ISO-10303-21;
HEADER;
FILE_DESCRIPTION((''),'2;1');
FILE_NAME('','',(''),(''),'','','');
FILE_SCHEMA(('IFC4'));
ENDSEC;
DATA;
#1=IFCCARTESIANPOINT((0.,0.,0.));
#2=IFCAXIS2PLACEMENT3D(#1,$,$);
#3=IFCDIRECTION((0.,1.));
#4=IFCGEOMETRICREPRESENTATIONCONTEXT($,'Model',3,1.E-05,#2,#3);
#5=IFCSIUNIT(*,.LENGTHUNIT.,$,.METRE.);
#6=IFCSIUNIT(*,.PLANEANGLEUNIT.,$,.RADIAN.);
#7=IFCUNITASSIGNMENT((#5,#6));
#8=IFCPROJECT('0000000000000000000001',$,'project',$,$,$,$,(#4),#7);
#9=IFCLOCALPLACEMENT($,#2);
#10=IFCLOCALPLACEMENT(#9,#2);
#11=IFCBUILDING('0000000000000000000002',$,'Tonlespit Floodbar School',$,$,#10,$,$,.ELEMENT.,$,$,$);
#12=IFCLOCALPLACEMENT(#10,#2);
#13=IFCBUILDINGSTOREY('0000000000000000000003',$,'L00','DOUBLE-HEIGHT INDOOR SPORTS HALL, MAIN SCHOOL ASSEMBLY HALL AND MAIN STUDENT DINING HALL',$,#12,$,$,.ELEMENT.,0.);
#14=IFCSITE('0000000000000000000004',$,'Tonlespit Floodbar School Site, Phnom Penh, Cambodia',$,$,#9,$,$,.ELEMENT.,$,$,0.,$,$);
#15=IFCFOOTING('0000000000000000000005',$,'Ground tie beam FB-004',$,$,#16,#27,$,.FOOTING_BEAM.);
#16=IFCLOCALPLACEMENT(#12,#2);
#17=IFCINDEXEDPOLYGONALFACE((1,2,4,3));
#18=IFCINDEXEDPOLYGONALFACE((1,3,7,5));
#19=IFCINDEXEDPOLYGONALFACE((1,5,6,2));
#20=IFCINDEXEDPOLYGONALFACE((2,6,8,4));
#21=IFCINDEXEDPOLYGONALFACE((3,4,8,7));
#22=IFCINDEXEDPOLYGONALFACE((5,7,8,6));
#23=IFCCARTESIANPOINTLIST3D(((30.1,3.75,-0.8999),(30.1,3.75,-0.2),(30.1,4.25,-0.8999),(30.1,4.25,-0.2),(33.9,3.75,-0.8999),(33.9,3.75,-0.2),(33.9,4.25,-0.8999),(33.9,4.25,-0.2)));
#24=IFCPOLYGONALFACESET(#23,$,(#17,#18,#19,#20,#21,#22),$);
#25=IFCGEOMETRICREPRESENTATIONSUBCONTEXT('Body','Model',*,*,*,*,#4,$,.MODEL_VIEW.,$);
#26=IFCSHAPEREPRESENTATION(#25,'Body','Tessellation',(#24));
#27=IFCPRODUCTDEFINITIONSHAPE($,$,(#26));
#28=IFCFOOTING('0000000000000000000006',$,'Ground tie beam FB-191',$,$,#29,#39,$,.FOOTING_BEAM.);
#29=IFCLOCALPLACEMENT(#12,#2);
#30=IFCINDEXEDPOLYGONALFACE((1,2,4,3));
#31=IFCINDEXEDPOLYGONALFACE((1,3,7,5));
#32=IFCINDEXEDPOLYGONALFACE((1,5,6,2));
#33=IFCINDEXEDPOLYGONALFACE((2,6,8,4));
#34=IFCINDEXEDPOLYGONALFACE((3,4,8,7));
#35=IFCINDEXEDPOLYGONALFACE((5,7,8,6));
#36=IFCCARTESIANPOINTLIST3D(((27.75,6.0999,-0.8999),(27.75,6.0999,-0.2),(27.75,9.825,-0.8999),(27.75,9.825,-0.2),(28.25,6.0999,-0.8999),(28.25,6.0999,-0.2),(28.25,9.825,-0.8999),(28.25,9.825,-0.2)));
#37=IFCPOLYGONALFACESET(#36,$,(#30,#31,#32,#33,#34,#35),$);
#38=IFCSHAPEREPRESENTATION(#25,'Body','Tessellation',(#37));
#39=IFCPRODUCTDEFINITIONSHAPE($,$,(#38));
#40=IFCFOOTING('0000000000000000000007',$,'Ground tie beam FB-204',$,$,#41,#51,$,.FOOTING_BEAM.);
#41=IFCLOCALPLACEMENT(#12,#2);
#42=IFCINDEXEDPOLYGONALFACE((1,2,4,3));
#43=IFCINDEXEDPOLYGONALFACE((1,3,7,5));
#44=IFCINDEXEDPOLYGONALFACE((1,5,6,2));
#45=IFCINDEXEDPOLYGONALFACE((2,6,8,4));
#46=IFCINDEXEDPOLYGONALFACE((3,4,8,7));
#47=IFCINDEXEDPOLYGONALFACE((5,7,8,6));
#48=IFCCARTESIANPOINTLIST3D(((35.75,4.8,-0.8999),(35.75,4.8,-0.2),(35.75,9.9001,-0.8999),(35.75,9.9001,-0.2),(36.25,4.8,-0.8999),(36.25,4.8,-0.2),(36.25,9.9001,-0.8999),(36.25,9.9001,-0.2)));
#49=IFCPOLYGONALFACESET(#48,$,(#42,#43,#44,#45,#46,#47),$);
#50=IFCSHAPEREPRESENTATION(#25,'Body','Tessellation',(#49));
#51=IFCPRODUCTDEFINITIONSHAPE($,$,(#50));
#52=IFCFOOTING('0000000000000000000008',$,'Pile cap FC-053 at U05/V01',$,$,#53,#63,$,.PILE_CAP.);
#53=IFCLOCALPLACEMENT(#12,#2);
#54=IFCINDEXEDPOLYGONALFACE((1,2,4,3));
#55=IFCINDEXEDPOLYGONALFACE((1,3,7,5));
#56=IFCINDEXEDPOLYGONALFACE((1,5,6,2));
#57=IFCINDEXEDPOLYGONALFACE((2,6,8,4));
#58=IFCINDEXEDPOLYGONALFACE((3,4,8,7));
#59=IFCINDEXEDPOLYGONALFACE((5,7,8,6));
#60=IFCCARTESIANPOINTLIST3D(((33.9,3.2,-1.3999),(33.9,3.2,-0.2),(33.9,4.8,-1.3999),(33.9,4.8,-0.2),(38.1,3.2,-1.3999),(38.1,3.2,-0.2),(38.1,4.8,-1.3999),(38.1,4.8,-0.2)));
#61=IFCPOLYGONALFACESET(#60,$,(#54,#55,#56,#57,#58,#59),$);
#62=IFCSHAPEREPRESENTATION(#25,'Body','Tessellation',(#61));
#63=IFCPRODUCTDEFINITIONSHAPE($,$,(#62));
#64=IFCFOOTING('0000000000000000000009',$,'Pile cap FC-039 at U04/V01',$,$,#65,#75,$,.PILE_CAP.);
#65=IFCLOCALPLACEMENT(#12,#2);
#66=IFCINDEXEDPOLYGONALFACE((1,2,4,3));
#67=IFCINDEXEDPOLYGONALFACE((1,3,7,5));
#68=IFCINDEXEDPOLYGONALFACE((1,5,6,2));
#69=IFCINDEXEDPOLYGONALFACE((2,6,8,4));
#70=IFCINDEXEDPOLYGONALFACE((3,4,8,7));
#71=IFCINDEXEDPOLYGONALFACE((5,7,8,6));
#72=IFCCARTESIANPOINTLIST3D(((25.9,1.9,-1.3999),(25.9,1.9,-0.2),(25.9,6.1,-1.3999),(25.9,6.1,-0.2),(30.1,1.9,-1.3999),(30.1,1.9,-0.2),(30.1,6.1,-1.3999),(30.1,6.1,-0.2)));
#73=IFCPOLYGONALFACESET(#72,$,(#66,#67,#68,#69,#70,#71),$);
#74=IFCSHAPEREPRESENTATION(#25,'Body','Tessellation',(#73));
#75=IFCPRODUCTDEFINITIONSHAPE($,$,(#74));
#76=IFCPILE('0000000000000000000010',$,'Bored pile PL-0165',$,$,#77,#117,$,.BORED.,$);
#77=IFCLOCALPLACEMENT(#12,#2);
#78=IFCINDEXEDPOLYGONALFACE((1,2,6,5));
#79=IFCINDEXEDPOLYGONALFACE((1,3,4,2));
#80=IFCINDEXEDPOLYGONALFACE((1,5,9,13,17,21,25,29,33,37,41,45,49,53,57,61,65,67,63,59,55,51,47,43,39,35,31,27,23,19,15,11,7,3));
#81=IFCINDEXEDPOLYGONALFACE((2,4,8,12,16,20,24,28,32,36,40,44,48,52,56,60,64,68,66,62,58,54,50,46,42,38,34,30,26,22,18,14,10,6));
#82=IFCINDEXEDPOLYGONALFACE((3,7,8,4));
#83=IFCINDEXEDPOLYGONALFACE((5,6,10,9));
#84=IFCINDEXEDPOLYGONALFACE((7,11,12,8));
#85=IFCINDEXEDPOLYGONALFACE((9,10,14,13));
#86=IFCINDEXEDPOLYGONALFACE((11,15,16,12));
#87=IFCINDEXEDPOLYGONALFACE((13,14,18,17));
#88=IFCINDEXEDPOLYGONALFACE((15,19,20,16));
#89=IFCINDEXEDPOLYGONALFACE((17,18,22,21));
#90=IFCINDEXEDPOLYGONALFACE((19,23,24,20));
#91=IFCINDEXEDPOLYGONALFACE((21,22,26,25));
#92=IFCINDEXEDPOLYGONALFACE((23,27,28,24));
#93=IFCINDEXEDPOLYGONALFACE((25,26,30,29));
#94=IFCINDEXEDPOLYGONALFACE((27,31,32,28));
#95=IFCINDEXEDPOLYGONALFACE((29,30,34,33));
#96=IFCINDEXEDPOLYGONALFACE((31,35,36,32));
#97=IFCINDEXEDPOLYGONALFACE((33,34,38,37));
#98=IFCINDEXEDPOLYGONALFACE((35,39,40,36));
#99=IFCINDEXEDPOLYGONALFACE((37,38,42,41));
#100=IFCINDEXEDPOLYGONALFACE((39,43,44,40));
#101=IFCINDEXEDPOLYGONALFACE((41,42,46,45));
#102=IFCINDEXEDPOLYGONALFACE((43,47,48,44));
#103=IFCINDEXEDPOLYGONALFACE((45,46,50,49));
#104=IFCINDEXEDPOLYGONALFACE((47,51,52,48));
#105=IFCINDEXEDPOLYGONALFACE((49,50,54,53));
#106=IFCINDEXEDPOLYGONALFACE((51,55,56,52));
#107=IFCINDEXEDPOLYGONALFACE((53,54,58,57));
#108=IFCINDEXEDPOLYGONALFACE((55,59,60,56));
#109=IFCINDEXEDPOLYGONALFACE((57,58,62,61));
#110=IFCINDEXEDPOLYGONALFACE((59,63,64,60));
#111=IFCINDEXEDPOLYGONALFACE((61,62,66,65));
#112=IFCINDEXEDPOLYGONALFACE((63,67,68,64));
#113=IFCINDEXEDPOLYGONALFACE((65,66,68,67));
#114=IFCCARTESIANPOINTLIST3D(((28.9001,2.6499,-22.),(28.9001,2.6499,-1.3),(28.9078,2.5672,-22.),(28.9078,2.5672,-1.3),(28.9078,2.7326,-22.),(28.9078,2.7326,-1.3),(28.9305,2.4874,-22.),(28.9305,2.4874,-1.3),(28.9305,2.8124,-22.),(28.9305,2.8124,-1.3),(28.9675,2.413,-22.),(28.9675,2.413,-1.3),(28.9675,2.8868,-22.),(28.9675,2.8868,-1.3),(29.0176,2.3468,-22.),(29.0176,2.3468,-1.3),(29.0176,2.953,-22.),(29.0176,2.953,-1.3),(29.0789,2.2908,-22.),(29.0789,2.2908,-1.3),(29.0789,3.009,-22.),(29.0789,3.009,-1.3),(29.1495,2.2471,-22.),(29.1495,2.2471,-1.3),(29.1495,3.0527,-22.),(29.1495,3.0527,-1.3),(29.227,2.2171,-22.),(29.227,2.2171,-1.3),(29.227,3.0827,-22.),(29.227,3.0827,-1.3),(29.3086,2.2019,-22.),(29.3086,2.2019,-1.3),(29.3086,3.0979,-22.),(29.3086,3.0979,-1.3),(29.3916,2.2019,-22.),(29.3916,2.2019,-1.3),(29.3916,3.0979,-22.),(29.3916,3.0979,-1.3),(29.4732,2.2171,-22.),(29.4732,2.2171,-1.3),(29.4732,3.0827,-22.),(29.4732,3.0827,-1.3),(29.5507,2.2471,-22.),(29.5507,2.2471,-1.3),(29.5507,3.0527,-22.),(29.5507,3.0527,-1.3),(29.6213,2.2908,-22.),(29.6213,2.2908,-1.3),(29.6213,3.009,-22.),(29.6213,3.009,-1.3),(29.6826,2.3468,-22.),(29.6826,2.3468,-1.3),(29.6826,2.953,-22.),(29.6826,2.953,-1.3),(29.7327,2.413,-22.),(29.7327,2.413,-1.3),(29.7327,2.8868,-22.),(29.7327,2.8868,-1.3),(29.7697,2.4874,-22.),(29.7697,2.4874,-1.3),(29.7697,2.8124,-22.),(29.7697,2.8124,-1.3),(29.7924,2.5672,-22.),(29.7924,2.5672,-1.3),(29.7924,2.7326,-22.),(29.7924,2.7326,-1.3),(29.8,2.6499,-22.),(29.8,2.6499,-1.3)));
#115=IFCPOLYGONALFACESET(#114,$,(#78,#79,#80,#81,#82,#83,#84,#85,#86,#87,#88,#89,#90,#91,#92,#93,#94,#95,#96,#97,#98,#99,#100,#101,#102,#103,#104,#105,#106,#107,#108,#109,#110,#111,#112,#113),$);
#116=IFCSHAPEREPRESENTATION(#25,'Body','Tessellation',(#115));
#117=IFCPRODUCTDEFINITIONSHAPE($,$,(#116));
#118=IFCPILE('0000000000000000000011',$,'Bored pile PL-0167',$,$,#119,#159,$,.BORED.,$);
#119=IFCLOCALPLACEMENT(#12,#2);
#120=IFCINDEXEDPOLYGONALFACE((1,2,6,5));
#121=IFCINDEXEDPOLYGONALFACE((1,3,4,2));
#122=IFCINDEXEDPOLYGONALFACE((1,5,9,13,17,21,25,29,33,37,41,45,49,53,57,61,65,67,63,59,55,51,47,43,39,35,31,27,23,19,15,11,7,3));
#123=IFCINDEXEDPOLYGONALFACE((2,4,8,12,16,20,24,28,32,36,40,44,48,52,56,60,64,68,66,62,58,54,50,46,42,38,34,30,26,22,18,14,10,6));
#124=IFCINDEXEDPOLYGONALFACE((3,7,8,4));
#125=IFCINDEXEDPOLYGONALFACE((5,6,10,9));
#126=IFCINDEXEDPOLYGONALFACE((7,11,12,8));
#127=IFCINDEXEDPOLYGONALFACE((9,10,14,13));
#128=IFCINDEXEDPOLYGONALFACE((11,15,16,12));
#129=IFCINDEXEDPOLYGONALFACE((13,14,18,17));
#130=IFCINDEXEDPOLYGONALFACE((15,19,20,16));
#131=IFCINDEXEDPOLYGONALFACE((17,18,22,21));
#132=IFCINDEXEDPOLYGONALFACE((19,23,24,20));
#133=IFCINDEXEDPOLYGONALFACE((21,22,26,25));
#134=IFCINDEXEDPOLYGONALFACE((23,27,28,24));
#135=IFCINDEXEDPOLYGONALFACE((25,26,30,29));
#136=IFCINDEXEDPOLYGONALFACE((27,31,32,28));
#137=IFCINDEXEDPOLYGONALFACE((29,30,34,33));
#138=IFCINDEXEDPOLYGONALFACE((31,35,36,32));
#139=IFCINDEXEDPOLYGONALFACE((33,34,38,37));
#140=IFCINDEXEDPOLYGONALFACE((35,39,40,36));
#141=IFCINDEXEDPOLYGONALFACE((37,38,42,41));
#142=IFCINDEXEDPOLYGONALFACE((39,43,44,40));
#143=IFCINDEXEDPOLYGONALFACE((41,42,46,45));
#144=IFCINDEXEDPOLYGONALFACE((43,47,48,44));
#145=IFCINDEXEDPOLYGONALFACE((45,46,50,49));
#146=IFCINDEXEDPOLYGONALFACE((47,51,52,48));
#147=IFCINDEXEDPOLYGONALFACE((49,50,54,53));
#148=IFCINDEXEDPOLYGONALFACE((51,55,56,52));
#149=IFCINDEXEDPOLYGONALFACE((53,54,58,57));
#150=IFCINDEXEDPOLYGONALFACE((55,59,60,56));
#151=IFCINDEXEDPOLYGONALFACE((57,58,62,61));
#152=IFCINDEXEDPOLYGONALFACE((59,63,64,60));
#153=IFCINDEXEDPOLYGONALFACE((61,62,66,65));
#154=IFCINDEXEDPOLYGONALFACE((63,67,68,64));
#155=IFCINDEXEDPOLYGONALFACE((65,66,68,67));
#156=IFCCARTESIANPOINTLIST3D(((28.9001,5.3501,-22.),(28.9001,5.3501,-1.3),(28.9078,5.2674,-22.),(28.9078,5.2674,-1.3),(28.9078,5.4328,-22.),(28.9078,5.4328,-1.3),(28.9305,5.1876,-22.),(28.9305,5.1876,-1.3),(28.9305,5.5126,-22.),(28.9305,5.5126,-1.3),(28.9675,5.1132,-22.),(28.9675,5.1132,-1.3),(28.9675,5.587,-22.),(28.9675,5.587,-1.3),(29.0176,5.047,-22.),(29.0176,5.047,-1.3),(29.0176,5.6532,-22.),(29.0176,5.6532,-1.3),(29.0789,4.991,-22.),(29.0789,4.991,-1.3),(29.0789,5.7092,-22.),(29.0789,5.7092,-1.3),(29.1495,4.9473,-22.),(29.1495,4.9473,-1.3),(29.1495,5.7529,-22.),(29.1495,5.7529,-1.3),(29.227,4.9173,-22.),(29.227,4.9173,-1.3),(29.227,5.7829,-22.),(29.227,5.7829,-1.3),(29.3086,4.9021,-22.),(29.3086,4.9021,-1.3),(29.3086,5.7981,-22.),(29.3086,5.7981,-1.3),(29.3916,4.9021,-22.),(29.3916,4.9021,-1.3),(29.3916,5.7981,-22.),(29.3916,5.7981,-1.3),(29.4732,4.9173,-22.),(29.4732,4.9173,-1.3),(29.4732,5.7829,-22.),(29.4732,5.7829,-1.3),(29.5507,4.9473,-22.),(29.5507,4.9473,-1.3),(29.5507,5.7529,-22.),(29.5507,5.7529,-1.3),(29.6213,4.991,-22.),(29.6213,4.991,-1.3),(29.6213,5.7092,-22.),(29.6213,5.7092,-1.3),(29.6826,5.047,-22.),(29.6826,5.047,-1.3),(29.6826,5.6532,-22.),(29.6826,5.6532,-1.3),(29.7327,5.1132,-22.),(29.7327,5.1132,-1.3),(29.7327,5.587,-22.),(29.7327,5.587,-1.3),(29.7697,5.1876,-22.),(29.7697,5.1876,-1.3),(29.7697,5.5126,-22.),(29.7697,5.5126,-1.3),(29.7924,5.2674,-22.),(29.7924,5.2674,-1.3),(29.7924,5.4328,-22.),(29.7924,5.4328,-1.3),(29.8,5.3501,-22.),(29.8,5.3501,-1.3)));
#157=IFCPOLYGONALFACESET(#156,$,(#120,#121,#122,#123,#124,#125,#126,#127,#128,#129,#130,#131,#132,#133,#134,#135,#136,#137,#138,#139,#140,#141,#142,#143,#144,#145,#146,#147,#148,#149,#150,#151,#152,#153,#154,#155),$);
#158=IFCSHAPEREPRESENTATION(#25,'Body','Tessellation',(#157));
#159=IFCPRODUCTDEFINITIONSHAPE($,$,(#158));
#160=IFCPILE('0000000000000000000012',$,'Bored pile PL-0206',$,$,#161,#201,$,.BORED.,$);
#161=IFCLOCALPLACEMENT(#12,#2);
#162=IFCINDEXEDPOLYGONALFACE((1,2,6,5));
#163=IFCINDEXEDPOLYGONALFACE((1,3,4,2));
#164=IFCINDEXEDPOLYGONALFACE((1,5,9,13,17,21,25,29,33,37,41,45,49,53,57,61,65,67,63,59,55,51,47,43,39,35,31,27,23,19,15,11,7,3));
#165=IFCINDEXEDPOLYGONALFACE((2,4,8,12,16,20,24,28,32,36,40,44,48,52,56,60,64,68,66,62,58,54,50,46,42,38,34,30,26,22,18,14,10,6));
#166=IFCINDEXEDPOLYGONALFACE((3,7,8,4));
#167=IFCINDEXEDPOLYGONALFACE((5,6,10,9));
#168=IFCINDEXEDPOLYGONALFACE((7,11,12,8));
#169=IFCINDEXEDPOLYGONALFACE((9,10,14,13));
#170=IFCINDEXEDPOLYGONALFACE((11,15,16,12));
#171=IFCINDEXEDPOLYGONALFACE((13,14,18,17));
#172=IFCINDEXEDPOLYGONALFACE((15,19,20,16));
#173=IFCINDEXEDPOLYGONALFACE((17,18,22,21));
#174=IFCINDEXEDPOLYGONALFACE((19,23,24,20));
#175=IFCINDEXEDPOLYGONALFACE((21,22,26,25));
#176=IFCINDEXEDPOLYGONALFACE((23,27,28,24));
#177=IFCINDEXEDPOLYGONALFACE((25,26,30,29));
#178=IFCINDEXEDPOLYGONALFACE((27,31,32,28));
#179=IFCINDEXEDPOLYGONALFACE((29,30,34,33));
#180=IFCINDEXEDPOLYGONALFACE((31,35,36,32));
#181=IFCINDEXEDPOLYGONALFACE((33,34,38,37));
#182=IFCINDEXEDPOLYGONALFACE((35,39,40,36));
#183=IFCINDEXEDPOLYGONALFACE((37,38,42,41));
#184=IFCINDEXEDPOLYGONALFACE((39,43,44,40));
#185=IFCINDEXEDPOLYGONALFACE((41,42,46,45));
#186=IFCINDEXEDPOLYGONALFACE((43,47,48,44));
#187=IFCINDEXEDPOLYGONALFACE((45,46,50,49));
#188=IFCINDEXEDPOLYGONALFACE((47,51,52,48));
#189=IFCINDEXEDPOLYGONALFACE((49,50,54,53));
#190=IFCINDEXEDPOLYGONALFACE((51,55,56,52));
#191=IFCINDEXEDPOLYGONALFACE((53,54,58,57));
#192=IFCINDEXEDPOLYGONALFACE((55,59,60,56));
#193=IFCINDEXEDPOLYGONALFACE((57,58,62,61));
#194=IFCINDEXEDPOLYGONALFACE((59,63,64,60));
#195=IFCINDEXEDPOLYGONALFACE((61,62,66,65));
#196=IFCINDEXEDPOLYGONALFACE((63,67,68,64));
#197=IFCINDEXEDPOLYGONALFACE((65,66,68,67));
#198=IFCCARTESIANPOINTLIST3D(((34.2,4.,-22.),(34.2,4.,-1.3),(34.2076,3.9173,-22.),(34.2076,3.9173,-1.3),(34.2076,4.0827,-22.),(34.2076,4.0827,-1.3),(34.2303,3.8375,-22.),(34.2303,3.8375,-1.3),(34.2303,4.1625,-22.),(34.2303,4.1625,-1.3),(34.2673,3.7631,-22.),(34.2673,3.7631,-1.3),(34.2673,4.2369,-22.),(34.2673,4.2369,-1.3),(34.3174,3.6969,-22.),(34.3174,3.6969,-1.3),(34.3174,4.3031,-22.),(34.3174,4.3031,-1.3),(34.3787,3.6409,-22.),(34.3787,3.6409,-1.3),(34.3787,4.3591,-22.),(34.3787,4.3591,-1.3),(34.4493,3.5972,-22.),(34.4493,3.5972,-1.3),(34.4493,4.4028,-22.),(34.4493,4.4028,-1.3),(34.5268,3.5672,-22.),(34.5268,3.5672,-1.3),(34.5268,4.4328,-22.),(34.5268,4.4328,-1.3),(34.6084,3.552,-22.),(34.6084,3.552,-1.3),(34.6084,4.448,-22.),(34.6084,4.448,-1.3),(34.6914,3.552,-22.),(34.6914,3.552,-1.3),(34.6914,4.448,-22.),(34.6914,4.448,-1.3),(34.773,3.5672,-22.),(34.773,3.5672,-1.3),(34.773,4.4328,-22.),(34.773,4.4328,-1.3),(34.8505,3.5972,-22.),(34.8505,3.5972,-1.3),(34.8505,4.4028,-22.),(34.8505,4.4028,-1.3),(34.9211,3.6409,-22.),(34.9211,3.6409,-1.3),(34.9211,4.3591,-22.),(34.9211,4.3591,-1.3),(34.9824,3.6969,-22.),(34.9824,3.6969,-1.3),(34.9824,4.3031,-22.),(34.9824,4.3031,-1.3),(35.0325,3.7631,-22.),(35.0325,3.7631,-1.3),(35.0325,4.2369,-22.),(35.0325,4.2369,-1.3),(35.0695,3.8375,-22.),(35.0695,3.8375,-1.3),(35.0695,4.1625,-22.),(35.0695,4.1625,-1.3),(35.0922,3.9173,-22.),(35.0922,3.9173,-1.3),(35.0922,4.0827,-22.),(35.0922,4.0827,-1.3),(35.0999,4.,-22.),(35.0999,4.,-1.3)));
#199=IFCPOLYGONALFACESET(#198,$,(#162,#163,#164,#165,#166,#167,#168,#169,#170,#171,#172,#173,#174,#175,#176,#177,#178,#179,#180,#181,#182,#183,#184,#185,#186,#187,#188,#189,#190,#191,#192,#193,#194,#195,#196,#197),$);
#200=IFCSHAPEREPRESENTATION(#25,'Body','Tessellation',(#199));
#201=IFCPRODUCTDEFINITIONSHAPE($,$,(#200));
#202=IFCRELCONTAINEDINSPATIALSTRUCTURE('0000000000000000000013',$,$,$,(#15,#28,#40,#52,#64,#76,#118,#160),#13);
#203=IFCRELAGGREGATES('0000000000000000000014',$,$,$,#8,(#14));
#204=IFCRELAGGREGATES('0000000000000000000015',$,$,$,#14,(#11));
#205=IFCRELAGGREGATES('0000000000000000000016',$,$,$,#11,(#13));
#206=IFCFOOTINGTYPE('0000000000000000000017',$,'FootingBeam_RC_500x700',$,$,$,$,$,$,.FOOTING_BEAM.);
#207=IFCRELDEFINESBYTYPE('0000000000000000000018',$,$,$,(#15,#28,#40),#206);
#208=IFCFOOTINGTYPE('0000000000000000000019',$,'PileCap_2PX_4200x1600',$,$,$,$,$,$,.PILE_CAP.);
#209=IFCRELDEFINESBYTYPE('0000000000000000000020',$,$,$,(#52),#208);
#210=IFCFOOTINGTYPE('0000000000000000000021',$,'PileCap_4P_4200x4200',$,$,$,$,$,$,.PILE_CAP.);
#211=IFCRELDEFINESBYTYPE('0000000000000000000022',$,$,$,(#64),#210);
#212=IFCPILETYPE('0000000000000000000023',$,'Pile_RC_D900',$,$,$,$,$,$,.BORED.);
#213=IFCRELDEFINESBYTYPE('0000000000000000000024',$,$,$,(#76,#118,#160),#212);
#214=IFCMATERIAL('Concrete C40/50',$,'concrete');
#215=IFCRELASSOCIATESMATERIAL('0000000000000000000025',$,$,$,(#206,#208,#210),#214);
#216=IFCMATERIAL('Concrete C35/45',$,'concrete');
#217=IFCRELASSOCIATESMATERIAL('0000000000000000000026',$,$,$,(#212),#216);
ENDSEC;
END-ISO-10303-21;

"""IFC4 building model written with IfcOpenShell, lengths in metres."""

from ifc_helpers import new_model, si_unit, direction, frame, origin, origin_2d, place, context, subcontext, project, spatial, rectangle, circle, extrude, material, material_profile, profile_set, type_object, element, save


model = new_model("IFC4")

# Units and contexts
model_context = context("Model", 3, precision=1e-05, world=origin(), true_north=direction((0.0, 1.0)))
body_context = subcontext(model_context, "Body", "Model", "MODEL_VIEW")
ifc_project = project(units=[si_unit("LENGTHUNIT", "METRE"), si_unit("PLANEANGLEUNIT", "RADIAN")], contexts=[model_context])

# Site, building, storey
site_placement = place(None, origin())
site = spatial("IfcSite", under=ifc_project, at=site_placement, Name="Tonlespit Floodbar School Site, Phnom Penh, Cambodia", CompositionType="ELEMENT", RefElevation=0.0)
building_placement = place(site_placement, origin())
building = spatial("IfcBuilding", under=site, at=building_placement, Name="Tonlespit Floodbar School", CompositionType="ELEMENT")
storey_placement = place(building_placement, origin())
storey = spatial("IfcBuildingStorey", under=building, at=storey_placement, Name="L00", Description="DOUBLE-HEIGHT INDOOR SPORTS HALL, MAIN SCHOOL ASSEMBLY HALL AND MAIN STUDENT DINING HALL", CompositionType="ELEMENT", Elevation=0.0)

# Footings
ifc_material_1 = material(Name="Concrete C40/50", Category="concrete")
footing_type_1 = type_object("IfcFootingType", Name="FootingBeam_RC_500x700", PredefinedType="FOOTING_BEAM", material=ifc_material_1)
footing_1_placement = place(storey_placement, frame((32.0, 4.0, -0.8999), z_axis=(0.0, 0.0, 1.0), x_axis=(1.0, 0.0, 0.0)))
element("IfcFooting", 1, at=footing_1_placement, inside=storey, type_object=footing_type_1, Name="Ground tie beam FB-004", PredefinedType="FOOTING_BEAM", context=body_context, shape_type="SweptSolid", body=[
    extrude(rectangle(XDim=3.8, YDim=0.5, at=origin_2d()), origin(), (0.0, 0.0, 1.0), 0.7),
])
footing_2_placement = place(storey_placement, frame((28.0, 7.9624, -0.8999), z_axis=(0.0, 0.0, 1.0), x_axis=(0.0, 1.0, 0.0)))
element("IfcFooting", 2, at=footing_2_placement, inside=storey, type_object=footing_type_1, Name="Ground tie beam FB-191", PredefinedType="FOOTING_BEAM", context=body_context, shape_type="SweptSolid", body=[
    extrude(rectangle(XDim=3.7251, YDim=0.5, at=origin_2d()), origin(), (0.0, 0.0, 1.0), 0.7),
])
footing_3_placement = place(storey_placement, frame((36.0, 7.3501, -0.8999), z_axis=(0.0, 0.0, 1.0), x_axis=(0.0, 1.0, 0.0)))
element("IfcFooting", 3, at=footing_3_placement, inside=storey, type_object=footing_type_1, Name="Ground tie beam FB-204", PredefinedType="FOOTING_BEAM", context=body_context, shape_type="SweptSolid", body=[
    extrude(rectangle(XDim=5.1001, YDim=0.5, at=origin_2d()), origin(), (0.0, 0.0, 1.0), 0.7),
])
footing_type_2 = type_object("IfcFootingType", Name="PileCap_2PX_4200x1600", PredefinedType="PILE_CAP", material=ifc_material_1)
footing_4_placement = place(storey_placement, frame((36.0, 4.0, -1.3999), z_axis=(0.0, 0.0, 1.0), x_axis=(1.0, 0.0, 0.0)))
element("IfcFooting", 4, at=footing_4_placement, inside=storey, type_object=footing_type_2, Name="Pile cap FC-053 at U05/V01", PredefinedType="PILE_CAP", context=body_context, shape_type="SweptSolid", body=[
    extrude(rectangle(XDim=4.2, YDim=1.6001, at=origin_2d()), origin(), (0.0, 0.0, 1.0), 1.2),
])
footing_type_3 = type_object("IfcFootingType", Name="PileCap_4P_4200x4200", PredefinedType="PILE_CAP", material=ifc_material_1)
footing_5_placement = place(storey_placement, frame((28.0, 4.0, -1.3999), z_axis=(0.0, 0.0, 1.0), x_axis=(1.0, 0.0, 0.0)))
element("IfcFooting", 5, at=footing_5_placement, inside=storey, type_object=footing_type_3, Name="Pile cap FC-039 at U04/V01", PredefinedType="PILE_CAP", context=body_context, shape_type="SweptSolid", body=[
    extrude(rectangle(XDim=4.2, YDim=4.2, at=origin_2d()), origin(), (0.0, 0.0, 1.0), 1.2),
])

# Piles
ifc_material_2 = material(Name="Concrete C35/45", Category="concrete")
ifc_material_profile_1 = material_profile(ifc_material_2, circle(Radius=0.45, at=origin_2d()), Name="BP D900")
ifc_profile_set_1 = profile_set([ifc_material_profile_1], Name="Concrete C35/45")
pile_type = type_object("IfcPileType", Name="Pile_RC_D900", PredefinedType="BORED", material=ifc_profile_set_1)
for number, where, z_axis, x_axis, name in (
    (6, (29.3501, 2.6499, -1.3), (0.0, 0.0, -1.0), (1.0, 0.0, 0.0), "Bored pile PL-0165"),
    (7, (29.3501, 5.3501, -1.3), (0.0, 0.0, -1.0), (1.0, 0.0, 0.0), "Bored pile PL-0167"),
    (8, (34.6499, 4.0, -1.3), (0.0, 0.0, -1.0), (1.0, 0.0, 0.0), "Bored pile PL-0206"),
):
    element("IfcPile", number, at=place(storey_placement, frame(where, z_axis=z_axis, x_axis=x_axis)), inside=storey, type_object=pile_type, Name=name, PredefinedType="BORED", context=body_context, shape_type="SweptSolid", body=[
        extrude(circle(Radius=0.45, at=origin_2d()), origin(), (0.0, 0.0, 1.0), 20.7),
    ])

save(model, "model.ifc")
